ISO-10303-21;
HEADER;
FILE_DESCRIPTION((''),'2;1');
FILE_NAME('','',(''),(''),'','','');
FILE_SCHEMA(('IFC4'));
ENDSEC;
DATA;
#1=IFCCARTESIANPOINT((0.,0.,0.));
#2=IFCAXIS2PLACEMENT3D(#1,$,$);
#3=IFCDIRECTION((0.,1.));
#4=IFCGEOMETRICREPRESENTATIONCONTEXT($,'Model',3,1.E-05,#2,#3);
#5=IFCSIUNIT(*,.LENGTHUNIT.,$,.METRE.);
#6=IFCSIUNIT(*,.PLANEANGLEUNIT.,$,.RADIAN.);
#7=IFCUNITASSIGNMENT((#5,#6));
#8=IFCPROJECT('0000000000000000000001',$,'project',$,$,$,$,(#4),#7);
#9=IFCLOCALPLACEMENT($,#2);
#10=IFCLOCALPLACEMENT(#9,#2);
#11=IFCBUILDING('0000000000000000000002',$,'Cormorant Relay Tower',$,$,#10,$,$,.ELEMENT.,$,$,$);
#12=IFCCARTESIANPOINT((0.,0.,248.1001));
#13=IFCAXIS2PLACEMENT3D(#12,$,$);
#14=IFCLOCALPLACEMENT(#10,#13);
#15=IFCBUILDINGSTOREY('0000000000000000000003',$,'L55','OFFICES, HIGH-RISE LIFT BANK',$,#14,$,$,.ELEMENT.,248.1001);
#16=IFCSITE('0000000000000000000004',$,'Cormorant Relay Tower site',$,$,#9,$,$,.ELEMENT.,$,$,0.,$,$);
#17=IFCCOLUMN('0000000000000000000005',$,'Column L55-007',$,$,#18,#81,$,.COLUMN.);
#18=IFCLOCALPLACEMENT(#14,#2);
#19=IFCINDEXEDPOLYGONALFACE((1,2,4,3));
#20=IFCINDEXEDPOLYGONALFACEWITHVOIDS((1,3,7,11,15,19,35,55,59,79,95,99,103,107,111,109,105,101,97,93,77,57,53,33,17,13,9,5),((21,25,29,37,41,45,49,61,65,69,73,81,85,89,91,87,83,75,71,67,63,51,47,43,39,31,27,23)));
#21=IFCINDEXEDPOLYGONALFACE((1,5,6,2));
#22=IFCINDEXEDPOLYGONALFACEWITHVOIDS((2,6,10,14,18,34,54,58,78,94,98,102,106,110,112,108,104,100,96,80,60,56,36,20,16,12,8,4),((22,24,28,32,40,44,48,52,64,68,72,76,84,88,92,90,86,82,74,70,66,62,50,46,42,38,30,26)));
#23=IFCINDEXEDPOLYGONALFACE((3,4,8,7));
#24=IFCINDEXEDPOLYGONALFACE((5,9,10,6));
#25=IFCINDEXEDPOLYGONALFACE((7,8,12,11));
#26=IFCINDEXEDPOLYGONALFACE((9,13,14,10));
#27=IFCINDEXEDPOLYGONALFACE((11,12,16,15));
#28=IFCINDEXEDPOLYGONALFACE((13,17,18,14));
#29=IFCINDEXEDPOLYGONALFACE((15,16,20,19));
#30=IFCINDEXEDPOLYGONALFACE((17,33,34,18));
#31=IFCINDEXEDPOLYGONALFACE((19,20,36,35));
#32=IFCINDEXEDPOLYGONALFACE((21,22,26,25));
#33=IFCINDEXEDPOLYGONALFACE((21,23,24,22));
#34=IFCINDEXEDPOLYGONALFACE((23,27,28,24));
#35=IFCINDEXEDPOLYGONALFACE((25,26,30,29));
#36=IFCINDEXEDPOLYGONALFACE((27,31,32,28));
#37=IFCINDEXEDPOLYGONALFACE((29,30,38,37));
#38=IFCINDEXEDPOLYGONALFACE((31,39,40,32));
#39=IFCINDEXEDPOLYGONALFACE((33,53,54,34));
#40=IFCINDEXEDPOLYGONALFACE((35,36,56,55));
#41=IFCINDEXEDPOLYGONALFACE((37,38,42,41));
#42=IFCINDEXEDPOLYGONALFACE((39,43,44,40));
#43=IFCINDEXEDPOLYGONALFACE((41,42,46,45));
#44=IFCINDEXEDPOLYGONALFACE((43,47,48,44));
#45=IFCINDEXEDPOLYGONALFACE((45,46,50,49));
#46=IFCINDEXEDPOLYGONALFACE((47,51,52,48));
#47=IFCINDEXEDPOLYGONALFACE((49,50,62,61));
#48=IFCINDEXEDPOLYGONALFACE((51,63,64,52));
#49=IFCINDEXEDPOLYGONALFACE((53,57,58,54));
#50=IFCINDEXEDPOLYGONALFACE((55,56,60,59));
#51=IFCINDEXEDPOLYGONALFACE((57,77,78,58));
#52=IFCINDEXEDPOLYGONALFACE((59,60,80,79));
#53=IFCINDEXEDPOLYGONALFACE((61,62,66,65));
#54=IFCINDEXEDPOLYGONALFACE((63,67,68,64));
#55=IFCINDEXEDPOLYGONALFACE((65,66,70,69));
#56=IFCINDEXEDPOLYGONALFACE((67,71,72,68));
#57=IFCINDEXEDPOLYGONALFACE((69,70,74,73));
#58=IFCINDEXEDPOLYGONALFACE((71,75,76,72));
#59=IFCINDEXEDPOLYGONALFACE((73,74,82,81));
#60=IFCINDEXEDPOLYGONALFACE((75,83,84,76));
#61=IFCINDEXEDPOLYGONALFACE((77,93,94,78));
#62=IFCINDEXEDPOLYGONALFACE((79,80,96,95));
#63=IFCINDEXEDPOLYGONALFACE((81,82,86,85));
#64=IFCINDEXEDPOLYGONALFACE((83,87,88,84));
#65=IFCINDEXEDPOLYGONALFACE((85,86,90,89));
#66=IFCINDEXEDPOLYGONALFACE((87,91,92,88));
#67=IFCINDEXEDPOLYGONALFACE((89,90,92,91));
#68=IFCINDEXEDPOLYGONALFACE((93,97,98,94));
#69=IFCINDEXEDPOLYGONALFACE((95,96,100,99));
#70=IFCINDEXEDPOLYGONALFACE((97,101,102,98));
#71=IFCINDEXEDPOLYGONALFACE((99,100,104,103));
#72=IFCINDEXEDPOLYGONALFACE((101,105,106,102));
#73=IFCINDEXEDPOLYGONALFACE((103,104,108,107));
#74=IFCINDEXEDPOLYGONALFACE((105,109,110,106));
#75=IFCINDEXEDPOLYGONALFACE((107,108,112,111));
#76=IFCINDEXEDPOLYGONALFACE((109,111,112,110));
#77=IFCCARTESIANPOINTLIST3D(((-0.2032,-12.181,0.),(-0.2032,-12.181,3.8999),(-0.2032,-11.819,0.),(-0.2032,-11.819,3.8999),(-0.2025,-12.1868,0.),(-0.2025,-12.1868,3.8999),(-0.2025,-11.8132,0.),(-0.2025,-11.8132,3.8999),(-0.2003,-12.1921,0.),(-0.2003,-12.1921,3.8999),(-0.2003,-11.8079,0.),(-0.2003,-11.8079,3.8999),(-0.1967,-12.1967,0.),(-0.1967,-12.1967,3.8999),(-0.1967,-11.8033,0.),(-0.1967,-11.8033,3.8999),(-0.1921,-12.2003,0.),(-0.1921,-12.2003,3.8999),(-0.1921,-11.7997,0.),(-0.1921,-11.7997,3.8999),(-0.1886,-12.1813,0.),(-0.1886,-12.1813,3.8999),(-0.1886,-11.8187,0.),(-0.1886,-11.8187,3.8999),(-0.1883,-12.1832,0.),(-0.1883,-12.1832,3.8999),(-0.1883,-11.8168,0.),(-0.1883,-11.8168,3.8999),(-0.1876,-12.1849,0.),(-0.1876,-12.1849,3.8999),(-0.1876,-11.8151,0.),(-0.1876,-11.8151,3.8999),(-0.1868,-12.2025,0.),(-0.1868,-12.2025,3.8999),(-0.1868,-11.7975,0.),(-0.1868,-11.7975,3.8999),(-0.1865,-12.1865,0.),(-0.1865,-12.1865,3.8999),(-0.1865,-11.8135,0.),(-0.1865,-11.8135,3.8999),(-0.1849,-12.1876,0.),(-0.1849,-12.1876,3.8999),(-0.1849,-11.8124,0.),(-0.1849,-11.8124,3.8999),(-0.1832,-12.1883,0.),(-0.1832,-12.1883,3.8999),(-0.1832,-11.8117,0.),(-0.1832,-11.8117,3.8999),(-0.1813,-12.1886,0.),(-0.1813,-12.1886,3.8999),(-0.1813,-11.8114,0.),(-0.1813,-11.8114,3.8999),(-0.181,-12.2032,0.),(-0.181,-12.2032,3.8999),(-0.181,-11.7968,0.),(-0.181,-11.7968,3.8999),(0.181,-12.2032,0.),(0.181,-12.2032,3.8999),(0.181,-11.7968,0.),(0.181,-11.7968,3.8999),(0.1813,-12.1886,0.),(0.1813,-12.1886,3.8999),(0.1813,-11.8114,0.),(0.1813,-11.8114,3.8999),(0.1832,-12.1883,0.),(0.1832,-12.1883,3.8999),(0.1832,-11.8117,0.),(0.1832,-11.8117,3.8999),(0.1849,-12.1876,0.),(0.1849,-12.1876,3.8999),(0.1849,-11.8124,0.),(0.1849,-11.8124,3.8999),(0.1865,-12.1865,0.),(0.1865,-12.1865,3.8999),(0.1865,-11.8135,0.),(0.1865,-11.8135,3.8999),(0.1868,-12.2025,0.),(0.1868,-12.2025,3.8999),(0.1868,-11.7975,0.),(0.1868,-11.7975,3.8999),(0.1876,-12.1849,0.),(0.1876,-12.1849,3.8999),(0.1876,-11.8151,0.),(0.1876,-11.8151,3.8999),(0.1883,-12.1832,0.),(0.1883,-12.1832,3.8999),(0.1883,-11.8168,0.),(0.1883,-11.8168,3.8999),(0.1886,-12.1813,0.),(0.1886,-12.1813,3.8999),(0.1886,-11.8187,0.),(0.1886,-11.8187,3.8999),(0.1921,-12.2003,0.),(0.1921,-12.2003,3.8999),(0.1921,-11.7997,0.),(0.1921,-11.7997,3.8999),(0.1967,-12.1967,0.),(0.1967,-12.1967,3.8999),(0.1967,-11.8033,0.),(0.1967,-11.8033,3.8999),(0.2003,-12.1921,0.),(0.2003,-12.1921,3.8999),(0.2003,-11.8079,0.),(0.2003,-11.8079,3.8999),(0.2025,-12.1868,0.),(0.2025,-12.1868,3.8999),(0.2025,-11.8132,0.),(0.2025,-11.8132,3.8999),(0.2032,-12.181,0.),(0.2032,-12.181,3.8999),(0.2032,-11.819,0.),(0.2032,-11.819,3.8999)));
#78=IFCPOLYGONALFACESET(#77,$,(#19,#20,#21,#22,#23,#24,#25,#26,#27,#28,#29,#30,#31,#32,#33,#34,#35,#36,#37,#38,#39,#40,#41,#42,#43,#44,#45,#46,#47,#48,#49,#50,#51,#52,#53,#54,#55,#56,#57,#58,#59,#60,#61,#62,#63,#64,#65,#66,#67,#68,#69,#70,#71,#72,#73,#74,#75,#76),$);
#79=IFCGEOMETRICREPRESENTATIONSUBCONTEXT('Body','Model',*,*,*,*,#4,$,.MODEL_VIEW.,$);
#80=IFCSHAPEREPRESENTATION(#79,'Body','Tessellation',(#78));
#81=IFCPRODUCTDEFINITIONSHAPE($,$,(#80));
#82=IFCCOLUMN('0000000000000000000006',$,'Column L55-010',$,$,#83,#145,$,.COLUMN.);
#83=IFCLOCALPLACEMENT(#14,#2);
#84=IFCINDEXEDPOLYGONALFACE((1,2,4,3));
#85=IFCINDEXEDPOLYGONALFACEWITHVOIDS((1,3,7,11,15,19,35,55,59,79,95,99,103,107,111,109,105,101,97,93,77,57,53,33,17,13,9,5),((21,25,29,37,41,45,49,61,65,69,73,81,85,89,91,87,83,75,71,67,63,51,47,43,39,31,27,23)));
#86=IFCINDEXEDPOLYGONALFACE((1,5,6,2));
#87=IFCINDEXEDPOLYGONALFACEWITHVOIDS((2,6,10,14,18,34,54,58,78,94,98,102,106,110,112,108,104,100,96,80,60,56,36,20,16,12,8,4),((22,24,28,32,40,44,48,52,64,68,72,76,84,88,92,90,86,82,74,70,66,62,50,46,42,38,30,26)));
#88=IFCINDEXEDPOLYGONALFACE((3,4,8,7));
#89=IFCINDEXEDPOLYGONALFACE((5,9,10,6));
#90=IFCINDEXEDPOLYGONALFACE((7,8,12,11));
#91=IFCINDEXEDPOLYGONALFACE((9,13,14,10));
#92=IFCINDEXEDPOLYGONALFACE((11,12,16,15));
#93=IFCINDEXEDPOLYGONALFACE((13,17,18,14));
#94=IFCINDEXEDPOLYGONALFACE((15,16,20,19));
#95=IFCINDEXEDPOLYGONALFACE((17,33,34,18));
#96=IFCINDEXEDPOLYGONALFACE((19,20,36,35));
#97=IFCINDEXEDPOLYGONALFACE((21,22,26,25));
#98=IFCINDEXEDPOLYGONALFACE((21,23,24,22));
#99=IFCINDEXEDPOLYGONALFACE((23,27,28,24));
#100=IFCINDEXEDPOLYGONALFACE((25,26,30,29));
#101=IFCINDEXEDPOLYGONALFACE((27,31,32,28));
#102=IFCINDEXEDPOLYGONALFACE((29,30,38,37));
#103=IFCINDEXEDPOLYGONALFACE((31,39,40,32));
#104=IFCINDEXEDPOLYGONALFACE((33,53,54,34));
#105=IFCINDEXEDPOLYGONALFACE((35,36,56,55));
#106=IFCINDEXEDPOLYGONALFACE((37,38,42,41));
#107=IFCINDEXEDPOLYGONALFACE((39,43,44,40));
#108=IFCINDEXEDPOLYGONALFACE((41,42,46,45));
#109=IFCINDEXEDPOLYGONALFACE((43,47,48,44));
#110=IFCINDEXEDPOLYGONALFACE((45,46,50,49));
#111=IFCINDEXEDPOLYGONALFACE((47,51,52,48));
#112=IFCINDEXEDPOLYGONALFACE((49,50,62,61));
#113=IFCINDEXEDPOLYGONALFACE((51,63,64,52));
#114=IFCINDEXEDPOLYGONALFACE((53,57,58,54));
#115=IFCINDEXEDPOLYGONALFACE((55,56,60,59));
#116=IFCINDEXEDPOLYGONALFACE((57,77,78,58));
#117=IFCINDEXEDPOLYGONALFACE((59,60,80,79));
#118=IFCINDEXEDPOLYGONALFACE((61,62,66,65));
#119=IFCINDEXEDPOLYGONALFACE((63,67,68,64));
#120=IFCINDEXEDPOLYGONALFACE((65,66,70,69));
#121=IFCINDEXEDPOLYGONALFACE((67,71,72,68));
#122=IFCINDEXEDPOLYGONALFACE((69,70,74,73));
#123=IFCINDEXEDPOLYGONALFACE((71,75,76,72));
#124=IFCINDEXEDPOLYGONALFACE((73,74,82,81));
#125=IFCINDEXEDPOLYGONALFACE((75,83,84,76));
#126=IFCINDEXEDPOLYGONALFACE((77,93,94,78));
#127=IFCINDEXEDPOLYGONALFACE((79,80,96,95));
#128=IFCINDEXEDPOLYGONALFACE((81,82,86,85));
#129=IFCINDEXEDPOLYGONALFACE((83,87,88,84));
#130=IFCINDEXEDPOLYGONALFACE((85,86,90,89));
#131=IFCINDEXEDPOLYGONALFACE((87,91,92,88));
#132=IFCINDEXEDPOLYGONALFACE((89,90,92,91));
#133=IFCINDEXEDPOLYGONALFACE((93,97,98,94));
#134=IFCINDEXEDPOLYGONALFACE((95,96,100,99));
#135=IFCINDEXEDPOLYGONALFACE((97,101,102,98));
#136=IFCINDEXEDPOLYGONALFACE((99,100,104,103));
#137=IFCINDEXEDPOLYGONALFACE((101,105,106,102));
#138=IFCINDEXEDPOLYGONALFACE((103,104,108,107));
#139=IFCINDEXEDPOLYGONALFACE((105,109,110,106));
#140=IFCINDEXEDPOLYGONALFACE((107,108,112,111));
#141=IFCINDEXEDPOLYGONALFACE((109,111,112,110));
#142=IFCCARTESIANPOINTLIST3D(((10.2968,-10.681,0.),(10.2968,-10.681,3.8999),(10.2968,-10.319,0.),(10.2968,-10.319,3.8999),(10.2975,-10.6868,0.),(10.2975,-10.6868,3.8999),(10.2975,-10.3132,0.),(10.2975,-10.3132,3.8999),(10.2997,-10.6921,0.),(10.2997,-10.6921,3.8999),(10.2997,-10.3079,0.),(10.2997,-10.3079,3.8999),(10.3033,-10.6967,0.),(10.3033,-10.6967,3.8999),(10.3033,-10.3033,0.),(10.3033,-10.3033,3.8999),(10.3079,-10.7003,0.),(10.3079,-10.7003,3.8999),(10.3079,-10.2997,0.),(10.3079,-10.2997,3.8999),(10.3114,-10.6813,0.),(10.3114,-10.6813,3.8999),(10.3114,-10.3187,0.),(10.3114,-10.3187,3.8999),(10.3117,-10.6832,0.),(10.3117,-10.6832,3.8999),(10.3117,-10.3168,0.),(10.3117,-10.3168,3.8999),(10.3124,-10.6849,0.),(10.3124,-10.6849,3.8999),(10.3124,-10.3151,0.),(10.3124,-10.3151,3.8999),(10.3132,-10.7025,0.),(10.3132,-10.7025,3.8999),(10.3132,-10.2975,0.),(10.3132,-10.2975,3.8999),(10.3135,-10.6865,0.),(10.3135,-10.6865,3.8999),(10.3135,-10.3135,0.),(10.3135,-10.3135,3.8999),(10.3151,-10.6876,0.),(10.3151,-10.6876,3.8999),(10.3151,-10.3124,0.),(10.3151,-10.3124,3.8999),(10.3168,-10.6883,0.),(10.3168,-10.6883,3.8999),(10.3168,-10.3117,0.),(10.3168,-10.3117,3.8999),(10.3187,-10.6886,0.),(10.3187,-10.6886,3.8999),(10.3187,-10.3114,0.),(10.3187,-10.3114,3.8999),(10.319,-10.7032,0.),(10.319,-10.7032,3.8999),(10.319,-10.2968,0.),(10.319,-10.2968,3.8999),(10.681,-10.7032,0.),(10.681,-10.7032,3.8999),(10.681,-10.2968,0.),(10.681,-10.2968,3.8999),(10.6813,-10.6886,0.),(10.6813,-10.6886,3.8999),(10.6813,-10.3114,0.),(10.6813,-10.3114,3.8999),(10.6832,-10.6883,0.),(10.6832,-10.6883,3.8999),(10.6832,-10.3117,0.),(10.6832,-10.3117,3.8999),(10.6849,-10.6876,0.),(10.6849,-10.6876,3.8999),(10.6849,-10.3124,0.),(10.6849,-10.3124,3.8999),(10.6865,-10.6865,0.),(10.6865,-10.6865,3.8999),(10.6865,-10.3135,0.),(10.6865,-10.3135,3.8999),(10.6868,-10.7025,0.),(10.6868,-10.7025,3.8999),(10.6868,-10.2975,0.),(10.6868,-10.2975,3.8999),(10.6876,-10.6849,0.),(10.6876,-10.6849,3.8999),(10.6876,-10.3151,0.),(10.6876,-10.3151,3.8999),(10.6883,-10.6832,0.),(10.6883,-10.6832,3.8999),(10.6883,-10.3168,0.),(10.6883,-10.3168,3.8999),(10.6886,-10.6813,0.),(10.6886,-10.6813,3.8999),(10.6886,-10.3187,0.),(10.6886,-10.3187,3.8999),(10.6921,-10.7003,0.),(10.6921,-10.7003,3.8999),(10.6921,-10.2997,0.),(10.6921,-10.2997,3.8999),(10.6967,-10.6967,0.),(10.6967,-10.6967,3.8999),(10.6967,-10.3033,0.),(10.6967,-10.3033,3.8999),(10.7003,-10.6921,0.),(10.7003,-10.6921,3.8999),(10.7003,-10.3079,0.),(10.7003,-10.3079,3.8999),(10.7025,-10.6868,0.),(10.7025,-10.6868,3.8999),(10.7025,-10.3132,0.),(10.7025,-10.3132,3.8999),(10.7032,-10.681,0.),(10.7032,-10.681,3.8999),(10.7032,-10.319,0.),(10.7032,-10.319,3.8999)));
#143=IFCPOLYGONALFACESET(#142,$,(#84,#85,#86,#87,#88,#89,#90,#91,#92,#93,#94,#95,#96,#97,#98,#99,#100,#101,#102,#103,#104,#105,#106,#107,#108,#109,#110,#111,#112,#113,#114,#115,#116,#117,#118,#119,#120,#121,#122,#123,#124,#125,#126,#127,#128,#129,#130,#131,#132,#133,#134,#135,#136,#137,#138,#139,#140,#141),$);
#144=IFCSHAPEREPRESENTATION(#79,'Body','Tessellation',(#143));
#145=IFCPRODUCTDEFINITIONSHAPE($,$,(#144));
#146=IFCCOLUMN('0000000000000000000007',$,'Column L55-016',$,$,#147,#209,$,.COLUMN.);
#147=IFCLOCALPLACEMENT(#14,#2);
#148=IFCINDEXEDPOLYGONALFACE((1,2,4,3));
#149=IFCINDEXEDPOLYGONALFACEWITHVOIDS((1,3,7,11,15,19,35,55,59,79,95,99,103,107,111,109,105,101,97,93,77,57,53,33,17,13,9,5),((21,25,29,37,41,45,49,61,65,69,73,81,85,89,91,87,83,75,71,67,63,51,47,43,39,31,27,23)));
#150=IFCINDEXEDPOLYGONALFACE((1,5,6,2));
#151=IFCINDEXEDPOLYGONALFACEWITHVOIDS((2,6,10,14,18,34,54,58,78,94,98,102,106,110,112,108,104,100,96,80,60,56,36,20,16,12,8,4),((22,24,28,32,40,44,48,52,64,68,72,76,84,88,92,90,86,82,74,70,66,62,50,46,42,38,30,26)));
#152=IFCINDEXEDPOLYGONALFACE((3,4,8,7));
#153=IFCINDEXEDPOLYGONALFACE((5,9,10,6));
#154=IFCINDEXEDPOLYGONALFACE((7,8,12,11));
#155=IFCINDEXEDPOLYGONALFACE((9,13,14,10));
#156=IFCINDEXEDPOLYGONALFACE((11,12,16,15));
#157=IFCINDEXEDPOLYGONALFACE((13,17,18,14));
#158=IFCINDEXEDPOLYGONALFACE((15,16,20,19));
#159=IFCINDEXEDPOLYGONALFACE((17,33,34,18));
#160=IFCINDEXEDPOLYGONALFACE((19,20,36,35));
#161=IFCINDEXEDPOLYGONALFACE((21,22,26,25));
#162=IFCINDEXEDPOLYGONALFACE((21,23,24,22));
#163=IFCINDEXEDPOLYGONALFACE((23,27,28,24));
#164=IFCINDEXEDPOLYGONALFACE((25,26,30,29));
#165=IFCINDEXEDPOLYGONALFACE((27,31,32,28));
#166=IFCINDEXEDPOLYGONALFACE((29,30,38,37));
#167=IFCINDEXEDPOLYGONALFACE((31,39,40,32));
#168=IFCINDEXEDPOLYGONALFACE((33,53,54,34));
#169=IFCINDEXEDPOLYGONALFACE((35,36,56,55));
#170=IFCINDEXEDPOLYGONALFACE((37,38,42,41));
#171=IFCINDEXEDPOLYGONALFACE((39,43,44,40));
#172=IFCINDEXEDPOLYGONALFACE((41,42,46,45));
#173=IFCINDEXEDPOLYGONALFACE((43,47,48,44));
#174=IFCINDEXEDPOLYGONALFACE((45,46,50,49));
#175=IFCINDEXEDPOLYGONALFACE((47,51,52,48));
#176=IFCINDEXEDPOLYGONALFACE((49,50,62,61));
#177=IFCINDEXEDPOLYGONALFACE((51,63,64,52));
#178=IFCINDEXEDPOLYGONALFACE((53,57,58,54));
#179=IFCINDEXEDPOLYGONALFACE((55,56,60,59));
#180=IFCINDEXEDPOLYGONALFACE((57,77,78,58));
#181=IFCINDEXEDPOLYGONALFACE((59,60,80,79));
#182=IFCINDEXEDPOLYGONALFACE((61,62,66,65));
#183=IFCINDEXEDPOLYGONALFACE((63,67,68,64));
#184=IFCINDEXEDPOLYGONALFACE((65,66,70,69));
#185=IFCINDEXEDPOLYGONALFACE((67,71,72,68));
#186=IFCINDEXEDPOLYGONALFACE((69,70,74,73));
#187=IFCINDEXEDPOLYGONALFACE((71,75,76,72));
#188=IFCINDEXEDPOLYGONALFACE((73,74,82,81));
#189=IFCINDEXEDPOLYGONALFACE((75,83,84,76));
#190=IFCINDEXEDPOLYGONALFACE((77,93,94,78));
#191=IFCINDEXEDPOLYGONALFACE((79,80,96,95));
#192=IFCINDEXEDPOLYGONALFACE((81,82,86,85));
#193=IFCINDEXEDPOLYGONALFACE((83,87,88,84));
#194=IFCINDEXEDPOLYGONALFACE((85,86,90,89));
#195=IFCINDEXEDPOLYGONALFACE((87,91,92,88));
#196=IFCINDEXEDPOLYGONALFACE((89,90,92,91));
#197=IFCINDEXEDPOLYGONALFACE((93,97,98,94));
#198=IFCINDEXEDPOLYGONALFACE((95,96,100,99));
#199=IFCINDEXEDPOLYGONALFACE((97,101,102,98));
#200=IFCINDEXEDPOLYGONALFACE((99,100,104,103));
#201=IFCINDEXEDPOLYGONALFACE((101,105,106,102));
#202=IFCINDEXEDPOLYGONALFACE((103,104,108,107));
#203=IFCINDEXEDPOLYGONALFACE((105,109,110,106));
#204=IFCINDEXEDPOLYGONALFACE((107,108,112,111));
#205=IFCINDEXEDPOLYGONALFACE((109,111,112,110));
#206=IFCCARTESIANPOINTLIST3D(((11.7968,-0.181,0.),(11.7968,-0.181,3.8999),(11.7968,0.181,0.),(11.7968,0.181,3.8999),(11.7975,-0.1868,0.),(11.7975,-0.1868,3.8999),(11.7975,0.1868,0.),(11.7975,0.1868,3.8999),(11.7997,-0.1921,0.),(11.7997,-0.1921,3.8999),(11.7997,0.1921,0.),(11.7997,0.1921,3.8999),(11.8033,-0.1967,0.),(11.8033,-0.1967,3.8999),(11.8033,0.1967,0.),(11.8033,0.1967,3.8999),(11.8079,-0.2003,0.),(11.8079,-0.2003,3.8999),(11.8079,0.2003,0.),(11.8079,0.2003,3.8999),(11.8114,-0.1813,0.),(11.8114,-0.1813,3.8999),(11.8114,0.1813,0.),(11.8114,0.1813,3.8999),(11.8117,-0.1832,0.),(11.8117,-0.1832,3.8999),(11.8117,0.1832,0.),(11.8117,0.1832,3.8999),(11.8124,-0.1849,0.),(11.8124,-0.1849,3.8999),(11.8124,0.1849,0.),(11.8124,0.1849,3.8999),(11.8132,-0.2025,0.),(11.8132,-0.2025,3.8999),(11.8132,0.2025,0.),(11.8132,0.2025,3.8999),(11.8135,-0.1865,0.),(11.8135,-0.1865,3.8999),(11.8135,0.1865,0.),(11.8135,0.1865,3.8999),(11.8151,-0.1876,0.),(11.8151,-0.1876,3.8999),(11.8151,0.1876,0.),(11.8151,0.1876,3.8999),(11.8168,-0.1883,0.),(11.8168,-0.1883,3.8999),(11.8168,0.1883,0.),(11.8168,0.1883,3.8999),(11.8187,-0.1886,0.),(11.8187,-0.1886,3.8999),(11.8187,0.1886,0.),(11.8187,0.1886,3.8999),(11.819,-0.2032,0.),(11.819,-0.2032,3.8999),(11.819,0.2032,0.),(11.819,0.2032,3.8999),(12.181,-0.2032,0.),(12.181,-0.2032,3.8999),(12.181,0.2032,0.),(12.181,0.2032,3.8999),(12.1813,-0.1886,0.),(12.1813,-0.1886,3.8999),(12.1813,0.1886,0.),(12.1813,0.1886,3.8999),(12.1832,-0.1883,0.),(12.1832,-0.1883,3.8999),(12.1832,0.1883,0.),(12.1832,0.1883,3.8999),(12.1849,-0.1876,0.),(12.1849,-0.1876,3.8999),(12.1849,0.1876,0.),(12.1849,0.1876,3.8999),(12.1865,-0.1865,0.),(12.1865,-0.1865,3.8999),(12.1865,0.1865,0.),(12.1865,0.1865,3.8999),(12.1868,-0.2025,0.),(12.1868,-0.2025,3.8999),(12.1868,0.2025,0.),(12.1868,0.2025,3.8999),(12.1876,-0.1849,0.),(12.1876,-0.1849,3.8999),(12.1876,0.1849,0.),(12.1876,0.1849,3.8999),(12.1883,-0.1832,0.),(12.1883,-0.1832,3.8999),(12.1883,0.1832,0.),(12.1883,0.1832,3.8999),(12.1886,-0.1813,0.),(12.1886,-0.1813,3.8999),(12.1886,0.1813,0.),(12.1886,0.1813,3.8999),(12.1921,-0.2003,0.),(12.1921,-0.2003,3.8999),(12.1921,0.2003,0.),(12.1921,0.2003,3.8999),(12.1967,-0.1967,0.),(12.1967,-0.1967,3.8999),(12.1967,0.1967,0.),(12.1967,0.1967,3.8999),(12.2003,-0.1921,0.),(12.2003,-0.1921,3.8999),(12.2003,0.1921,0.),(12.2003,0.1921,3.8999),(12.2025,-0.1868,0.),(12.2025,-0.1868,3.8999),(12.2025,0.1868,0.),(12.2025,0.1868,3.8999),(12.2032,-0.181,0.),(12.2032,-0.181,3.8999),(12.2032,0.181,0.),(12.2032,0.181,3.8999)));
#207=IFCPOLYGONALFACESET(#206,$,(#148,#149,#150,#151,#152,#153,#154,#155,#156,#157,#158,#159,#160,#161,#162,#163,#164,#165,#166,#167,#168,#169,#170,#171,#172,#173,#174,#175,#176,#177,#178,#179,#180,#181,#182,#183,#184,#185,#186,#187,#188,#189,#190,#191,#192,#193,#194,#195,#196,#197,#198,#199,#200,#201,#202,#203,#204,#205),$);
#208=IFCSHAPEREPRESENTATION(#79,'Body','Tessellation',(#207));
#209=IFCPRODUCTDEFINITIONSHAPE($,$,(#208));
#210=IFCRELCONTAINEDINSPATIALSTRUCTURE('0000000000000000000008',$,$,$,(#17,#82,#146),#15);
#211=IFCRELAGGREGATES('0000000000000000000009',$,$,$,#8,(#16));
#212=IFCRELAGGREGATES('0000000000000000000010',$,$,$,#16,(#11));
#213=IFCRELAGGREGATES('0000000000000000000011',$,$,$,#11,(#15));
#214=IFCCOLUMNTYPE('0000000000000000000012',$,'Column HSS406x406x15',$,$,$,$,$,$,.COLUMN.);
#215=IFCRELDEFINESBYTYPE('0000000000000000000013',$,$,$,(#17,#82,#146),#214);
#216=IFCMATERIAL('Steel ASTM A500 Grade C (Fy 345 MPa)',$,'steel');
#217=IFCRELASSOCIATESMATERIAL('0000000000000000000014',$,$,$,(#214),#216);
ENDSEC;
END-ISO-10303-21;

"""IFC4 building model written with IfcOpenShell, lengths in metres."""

from ifc_helpers import new_model, si_unit, direction, frame, origin, origin_2d, place, context, subcontext, project, spatial, hollow_rectangle, extrude, material, material_profile, profile_set, type_object, element, save


model = new_model("IFC4")

# Units and contexts
model_context = context("Model", 3, precision=1e-05, world=origin(), true_north=direction((0.0, 1.0)))
body_context = subcontext(model_context, "Body", "Model", "MODEL_VIEW")
ifc_project = project(units=[si_unit("LENGTHUNIT", "METRE"), si_unit("PLANEANGLEUNIT", "RADIAN")], contexts=[model_context])

# Site, building, storey
site_placement = place(None, origin())
site = spatial("IfcSite", under=ifc_project, at=site_placement, Name="Cormorant Relay Tower site", CompositionType="ELEMENT", RefElevation=0.0)
building_placement = place(site_placement, origin())
building = spatial("IfcBuilding", under=site, at=building_placement, Name="Cormorant Relay Tower", CompositionType="ELEMENT")
storey_placement = place(building_placement, frame((0.0, 0.0, 248.1001)))
storey = spatial("IfcBuildingStorey", under=building, at=storey_placement, Name="L55", Description="OFFICES, HIGH-RISE LIFT BANK", CompositionType="ELEMENT", Elevation=248.1001)

# Columns
ifc_material_1 = material(Name="Steel ASTM A500 Grade C (Fy 345 MPa)", Category="steel")
ifc_material_profile_1 = material_profile(ifc_material_1, hollow_rectangle(XDim=0.4065, YDim=0.4065, WallThickness=0.0146, InnerFilletRadius=0.0073, OuterFilletRadius=0.0222, at=origin_2d()), Name="HSS406x406x15")
ifc_profile_set_1 = profile_set([ifc_material_profile_1], Name="Steel ASTM A500 Grade C (Fy 345 MPa)")
column_type_1 = type_object("IfcColumnType", Name="Column HSS406x406x15", PredefinedType="COLUMN", material=ifc_profile_set_1)
for number, where, z_axis, x_axis, name in (
    (1, (0.0, -12.0, 0.0), (0.0, 0.0, 1.0), (1.0, 0.0, 0.0), "Column L55-007"),
    (2, (10.5, -10.5, 0.0), (0.0, 0.0, 1.0), (1.0, 0.0, 0.0), "Column L55-010"),
    (3, (12.0, 0.0, 0.0), (0.0, 0.0, 1.0), (1.0, 0.0, 0.0), "Column L55-016"),
):
    element("IfcColumn", number, at=place(storey_placement, frame(where, z_axis=z_axis, x_axis=x_axis)), inside=storey, type_object=column_type_1, Name=name, PredefinedType="COLUMN", context=body_context, shape_type="SweptSolid", body=[
        extrude(hollow_rectangle(XDim=0.4065, YDim=0.4065, WallThickness=0.0146, InnerFilletRadius=0.0073, OuterFilletRadius=0.0222, at=origin_2d()), origin(), (0.0, 0.0, 1.0), 3.8999),
    ])

save(model, "model.ifc")
